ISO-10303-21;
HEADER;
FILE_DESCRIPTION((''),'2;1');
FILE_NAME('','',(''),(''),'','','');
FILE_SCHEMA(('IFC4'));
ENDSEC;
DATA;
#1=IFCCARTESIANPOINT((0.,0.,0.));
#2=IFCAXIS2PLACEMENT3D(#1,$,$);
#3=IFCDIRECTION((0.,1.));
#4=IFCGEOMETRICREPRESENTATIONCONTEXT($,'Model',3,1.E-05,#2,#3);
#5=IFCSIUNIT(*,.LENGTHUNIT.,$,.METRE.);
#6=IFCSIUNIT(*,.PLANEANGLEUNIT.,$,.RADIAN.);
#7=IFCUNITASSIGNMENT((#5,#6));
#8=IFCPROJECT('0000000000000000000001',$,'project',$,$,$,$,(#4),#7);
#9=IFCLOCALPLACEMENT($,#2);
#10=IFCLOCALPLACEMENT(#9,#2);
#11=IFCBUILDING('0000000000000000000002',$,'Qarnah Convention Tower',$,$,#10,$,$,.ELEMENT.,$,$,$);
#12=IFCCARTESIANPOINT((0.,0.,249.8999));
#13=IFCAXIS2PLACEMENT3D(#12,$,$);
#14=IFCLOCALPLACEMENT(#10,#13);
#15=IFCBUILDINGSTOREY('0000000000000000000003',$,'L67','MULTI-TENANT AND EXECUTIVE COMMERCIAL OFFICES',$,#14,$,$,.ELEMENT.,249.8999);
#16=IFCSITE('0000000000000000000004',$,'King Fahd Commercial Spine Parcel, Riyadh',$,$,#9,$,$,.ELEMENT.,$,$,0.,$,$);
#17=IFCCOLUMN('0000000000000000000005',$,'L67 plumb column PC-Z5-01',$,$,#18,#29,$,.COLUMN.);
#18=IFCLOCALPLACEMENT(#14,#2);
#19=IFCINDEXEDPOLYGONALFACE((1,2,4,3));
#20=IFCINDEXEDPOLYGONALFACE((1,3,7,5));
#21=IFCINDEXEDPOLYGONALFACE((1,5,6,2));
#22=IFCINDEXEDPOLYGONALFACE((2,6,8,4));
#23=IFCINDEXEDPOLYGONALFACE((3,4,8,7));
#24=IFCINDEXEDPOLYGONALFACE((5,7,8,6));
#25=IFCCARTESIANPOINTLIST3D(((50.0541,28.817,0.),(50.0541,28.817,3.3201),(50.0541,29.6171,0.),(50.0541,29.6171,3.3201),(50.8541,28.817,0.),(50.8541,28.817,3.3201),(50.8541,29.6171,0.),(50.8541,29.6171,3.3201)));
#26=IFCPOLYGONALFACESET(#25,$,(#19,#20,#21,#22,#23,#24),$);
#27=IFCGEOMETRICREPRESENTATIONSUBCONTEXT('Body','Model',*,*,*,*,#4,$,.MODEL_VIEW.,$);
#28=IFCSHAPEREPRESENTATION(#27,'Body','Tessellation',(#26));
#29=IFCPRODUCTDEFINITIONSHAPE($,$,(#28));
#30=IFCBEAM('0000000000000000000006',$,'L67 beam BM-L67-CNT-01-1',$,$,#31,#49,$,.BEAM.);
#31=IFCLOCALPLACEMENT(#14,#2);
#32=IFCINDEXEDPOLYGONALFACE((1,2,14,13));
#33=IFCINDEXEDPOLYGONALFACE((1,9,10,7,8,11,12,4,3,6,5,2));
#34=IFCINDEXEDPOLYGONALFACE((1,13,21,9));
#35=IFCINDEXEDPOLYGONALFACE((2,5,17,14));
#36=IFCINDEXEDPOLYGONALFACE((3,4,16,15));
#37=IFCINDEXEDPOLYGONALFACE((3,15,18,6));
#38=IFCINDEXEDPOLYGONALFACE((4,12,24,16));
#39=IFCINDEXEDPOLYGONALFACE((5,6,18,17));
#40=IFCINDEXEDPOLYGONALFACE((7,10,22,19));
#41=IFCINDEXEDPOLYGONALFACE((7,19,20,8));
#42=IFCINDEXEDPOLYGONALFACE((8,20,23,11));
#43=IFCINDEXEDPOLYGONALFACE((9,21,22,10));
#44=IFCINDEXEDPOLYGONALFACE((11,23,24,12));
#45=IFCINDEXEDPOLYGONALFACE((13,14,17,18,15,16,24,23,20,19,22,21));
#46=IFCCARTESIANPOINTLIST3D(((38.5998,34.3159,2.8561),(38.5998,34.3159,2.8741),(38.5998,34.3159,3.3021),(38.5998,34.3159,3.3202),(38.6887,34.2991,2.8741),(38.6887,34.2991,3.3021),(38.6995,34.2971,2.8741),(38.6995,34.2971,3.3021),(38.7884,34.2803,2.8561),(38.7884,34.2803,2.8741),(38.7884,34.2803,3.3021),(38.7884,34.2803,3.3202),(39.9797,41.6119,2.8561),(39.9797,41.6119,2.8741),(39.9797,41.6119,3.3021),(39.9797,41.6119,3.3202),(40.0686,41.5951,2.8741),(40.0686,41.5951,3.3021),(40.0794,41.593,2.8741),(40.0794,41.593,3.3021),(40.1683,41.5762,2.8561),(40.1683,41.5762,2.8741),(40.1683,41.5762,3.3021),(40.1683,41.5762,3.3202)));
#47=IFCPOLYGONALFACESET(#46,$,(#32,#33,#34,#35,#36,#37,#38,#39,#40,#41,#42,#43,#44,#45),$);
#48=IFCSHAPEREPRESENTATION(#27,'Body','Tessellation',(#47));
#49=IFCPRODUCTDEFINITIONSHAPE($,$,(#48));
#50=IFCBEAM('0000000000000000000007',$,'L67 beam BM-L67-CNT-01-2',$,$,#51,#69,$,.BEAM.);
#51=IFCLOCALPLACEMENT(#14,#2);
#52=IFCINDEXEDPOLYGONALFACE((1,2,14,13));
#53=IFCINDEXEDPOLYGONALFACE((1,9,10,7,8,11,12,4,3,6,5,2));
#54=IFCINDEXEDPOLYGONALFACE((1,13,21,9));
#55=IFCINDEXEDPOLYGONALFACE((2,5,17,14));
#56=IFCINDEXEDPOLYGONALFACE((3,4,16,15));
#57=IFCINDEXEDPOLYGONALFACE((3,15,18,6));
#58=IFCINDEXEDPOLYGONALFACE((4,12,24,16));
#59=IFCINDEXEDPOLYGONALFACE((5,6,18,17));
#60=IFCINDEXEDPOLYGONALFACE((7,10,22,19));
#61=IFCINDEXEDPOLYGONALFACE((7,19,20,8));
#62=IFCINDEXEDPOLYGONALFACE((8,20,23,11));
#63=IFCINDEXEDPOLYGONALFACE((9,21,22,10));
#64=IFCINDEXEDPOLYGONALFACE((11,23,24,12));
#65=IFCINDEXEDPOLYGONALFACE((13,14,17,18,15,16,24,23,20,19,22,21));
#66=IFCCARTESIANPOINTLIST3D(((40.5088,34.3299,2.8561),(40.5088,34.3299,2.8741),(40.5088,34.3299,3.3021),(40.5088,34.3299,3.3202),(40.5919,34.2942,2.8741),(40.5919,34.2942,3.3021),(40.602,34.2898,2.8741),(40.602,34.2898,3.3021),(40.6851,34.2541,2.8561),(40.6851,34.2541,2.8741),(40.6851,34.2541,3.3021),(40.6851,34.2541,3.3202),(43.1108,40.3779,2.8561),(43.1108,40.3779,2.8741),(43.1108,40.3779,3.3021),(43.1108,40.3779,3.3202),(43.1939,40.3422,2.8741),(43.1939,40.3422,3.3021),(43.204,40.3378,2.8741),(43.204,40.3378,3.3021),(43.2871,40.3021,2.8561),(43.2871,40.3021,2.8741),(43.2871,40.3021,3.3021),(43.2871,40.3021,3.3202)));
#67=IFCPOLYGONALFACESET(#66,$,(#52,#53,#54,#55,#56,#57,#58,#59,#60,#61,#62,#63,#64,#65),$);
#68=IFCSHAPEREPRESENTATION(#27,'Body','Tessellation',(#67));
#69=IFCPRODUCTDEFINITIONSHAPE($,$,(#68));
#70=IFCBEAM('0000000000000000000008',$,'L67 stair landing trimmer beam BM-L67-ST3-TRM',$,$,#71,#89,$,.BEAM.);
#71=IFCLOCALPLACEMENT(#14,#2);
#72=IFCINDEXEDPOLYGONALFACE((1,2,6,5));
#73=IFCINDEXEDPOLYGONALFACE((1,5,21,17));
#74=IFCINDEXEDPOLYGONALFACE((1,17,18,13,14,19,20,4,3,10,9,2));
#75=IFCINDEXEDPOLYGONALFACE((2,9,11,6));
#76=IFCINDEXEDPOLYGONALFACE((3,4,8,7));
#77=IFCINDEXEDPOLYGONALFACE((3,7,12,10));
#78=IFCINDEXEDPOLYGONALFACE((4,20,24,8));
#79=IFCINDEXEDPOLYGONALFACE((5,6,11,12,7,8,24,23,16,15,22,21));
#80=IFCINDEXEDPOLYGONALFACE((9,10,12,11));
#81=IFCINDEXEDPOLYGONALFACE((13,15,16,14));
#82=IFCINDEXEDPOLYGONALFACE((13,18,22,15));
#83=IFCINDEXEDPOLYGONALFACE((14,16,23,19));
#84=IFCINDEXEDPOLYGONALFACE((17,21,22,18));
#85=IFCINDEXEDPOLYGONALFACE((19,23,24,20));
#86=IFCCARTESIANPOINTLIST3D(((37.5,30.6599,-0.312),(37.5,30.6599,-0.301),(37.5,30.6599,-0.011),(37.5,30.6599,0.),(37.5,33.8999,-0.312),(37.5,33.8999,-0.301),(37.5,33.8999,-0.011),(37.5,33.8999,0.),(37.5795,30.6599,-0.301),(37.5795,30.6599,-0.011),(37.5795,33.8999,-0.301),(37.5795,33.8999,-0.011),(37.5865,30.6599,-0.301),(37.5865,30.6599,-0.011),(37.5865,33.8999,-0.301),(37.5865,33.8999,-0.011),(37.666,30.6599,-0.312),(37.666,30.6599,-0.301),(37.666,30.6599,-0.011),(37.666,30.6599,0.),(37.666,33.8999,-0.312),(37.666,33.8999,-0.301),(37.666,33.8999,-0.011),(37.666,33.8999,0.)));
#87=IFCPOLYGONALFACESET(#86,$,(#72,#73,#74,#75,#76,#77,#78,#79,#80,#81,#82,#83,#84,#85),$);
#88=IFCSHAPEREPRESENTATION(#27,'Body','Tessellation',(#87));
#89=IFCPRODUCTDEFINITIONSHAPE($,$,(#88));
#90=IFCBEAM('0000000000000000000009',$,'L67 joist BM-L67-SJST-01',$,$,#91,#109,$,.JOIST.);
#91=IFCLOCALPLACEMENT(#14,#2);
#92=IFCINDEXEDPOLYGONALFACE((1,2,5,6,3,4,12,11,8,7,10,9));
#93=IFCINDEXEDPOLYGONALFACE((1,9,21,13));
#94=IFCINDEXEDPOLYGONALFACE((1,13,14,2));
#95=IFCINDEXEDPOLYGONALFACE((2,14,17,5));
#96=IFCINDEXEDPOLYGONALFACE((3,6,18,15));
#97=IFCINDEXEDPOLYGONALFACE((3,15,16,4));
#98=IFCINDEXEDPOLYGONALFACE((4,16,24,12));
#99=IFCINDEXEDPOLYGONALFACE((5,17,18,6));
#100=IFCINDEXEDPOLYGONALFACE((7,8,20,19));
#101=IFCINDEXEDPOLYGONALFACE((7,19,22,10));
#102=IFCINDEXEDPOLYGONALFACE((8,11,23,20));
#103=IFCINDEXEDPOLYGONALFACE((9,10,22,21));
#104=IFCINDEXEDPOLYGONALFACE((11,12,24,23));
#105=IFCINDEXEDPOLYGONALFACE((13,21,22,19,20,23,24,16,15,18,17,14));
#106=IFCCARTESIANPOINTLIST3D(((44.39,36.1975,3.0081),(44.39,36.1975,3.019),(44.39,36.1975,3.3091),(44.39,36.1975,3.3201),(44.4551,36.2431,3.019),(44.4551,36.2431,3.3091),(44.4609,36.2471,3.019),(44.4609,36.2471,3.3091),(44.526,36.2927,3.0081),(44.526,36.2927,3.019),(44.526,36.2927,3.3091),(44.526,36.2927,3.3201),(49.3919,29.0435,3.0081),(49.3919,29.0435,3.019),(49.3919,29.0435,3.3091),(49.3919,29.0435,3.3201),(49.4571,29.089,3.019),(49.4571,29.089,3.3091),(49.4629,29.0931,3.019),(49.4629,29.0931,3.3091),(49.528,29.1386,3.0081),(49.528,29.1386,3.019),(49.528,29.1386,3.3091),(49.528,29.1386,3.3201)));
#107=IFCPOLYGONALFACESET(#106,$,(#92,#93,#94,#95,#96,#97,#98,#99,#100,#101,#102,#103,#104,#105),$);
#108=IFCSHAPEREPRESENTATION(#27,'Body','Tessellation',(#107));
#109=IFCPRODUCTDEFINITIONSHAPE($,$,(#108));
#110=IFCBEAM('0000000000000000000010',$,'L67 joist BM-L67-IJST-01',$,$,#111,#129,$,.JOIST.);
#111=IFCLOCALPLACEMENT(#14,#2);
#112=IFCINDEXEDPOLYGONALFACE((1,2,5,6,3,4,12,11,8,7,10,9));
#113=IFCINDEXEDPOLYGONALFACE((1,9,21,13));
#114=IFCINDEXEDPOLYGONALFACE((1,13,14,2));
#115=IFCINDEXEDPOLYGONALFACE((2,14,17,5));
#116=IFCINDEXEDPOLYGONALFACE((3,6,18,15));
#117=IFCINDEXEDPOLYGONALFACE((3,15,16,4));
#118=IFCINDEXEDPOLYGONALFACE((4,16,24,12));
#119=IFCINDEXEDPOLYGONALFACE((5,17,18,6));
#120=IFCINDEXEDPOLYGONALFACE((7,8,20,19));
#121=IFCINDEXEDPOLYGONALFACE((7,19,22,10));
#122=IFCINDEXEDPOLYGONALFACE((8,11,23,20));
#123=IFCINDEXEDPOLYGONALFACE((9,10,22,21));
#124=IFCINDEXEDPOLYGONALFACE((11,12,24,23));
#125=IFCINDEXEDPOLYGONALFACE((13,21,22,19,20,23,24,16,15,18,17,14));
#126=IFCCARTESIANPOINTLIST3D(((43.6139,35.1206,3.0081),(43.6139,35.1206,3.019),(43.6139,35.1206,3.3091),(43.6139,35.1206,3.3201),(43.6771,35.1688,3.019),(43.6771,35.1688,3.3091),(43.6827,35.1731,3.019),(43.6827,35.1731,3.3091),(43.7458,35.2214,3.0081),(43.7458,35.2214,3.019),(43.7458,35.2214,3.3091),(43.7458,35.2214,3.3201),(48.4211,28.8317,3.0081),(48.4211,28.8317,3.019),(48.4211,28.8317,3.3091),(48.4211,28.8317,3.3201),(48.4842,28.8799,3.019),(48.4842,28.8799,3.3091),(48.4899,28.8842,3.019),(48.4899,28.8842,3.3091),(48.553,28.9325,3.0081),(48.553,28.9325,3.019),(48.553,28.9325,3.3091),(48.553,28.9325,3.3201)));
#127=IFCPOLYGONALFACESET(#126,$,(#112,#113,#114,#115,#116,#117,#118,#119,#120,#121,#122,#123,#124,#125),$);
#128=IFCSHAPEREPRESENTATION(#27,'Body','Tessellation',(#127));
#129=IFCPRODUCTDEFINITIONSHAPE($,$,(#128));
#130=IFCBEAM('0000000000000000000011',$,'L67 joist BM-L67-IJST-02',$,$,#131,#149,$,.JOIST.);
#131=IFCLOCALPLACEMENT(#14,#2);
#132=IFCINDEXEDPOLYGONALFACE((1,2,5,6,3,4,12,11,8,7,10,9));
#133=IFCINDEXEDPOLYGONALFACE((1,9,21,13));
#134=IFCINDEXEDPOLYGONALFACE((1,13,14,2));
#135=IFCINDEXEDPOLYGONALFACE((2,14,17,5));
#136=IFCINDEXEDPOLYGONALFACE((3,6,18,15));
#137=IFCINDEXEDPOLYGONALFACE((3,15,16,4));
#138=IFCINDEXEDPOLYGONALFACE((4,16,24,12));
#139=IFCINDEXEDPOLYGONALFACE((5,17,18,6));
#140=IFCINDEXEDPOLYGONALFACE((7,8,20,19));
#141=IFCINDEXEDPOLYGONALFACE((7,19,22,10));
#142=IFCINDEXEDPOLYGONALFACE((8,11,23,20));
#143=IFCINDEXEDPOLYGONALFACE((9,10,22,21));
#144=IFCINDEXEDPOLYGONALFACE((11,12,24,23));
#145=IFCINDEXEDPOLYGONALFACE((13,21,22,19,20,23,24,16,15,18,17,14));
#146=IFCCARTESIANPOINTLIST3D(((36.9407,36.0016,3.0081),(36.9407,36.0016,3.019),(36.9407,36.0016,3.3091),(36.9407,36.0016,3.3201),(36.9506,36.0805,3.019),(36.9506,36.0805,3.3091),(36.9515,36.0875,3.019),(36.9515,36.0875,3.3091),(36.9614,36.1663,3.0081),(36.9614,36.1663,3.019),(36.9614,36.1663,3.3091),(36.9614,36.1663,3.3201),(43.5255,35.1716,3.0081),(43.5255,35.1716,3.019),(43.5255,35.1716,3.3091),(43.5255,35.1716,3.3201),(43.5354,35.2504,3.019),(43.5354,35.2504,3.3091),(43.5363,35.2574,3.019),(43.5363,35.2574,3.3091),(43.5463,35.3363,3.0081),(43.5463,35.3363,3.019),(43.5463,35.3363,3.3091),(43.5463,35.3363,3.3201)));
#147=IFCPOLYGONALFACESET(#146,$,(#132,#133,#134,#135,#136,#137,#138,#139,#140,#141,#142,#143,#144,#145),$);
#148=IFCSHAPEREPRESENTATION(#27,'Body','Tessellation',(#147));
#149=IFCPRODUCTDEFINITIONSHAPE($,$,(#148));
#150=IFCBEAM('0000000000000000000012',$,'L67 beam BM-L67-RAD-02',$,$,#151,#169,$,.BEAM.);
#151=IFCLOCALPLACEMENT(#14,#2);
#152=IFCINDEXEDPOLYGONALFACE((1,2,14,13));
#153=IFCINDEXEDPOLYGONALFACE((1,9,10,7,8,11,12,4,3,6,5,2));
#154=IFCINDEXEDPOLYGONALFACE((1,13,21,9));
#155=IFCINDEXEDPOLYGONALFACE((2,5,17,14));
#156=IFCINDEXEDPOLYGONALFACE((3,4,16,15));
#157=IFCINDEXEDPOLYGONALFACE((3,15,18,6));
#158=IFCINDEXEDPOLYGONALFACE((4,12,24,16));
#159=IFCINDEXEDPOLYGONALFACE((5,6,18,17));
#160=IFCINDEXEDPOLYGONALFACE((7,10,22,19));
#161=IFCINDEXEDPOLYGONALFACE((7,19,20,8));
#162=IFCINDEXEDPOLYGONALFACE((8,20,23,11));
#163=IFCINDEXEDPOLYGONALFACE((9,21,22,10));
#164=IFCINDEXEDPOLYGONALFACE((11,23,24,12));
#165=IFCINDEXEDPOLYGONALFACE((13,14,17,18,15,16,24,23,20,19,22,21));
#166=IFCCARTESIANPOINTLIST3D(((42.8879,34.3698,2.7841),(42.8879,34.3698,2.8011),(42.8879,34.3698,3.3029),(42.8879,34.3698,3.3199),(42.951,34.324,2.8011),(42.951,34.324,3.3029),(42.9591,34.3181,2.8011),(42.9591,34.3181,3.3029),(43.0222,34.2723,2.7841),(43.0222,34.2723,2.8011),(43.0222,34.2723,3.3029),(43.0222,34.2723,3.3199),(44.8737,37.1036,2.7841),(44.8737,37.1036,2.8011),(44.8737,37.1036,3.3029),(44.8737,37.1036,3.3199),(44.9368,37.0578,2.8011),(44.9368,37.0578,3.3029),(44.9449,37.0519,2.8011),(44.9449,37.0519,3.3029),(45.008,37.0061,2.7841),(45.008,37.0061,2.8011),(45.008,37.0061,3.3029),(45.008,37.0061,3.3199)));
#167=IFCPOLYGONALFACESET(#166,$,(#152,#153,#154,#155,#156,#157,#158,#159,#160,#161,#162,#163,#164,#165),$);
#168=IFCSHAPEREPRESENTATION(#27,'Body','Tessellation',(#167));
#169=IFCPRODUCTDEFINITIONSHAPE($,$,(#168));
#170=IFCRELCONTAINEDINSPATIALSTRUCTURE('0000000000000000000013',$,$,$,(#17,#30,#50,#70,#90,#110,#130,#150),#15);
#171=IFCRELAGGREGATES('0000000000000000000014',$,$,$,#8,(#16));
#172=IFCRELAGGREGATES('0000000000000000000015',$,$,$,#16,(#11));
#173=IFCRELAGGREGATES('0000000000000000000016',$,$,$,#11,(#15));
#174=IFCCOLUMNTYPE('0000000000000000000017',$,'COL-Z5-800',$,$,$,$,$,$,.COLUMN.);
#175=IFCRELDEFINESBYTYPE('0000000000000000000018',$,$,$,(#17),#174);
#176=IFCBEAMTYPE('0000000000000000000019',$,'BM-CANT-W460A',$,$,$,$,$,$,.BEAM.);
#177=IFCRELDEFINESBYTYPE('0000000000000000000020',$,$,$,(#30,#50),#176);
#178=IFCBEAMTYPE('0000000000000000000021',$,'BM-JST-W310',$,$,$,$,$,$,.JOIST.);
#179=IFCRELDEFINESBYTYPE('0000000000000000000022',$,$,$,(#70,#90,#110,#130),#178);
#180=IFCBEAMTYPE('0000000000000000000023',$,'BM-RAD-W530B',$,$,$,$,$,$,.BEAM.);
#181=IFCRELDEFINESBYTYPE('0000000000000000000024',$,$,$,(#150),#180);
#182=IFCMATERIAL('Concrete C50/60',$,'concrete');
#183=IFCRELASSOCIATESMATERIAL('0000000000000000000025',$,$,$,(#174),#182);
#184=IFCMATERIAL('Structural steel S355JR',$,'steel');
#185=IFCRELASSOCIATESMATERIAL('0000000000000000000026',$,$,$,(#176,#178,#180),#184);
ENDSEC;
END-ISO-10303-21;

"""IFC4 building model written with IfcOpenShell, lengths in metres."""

from ifc_helpers import new_model, si_unit, direction, frame, origin, origin_2d, place, context, subcontext, project, spatial, rectangle, i_section, extrude, material, material_profile, profile_set, type_object, element, save


model = new_model("IFC4")

# Units and contexts
model_context = context("Model", 3, precision=1e-05, world=origin(), true_north=direction((0.0, 1.0)))
body_context = subcontext(model_context, "Body", "Model", "MODEL_VIEW")
ifc_project = project(units=[si_unit("LENGTHUNIT", "METRE"), si_unit("PLANEANGLEUNIT", "RADIAN")], contexts=[model_context])

# Site, building, storey
site_placement = place(None, origin())
site = spatial("IfcSite", under=ifc_project, at=site_placement, Name="King Fahd Commercial Spine Parcel, Riyadh", CompositionType="ELEMENT", RefElevation=0.0)
building_placement = place(site_placement, origin())
building = spatial("IfcBuilding", under=site, at=building_placement, Name="Qarnah Convention Tower", CompositionType="ELEMENT")
storey_placement = place(building_placement, frame((0.0, 0.0, 249.8999)))
storey = spatial("IfcBuildingStorey", under=building, at=storey_placement, Name="L67", Description="MULTI-TENANT AND EXECUTIVE COMMERCIAL OFFICES", CompositionType="ELEMENT", Elevation=249.8999)

# Column
ifc_material_1 = material(Name="Concrete C50/60", Category="concrete")
ifc_material_profile_1 = material_profile(ifc_material_1, rectangle(XDim=0.8, YDim=0.8, at=origin_2d()), Name="RC-COL-800X800")
ifc_profile_set_1 = profile_set([ifc_material_profile_1], Name="Concrete C50/60")
column_type = type_object("IfcColumnType", Name="COL-Z5-800", PredefinedType="COLUMN", material=ifc_profile_set_1)
column_placement = place(storey_placement, frame((50.4541, 29.217, 0.0), z_axis=(0.0, 0.0, 1.0), x_axis=(1.0, 0.0, 0.0)))
element("IfcColumn", 1, at=column_placement, inside=storey, type_object=column_type, Name="L67 plumb column PC-Z5-01", PredefinedType="COLUMN", context=body_context, shape_type="SweptSolid", body=[
    extrude(rectangle(XDim=0.8, YDim=0.8, at=origin_2d()), origin(), (0.0, 0.0, 1.0), 3.3201),
])

# Beams
ifc_material_2 = material(Name="Structural steel S355JR", Category="steel")
ifc_material_profile_2 = material_profile(ifc_material_2, i_section(OverallWidth=0.1919, OverallDepth=0.4641, WebThickness=0.011, FlangeThickness=0.0181, at=origin_2d()), Name="W460X89")
ifc_profile_set_2 = profile_set([ifc_material_profile_2], Name="Structural steel S355JR")
beam_type_1 = type_object("IfcBeamType", Name="BM-CANT-W460A", PredefinedType="BEAM", material=ifc_profile_set_2)
beam_1_placement = place(storey_placement, frame((38.6941, 34.2981, 3.0881), z_axis=(0.185837, 0.982581, 0.0), x_axis=(-0.982581, 0.185837, 0.0)))
element("IfcBeam", 2, at=beam_1_placement, inside=storey, type_object=beam_type_1, Name="L67 beam BM-L67-CNT-01-1", PredefinedType="BEAM", context=body_context, shape_type="SweptSolid", body=[
    extrude(i_section(OverallWidth=0.1919, OverallDepth=0.4641, WebThickness=0.011, FlangeThickness=0.0181, at=origin_2d()), origin(), (0.0, 0.0, 1.0), 7.4253),
])
beam_2_placement = place(storey_placement, frame((40.5969, 34.292, 3.0881), z_axis=(0.395203, 0.918594, 0.0), x_axis=(-0.918594, 0.395203, 0.0)))
element("IfcBeam", 3, at=beam_2_placement, inside=storey, type_object=beam_type_1, Name="L67 beam BM-L67-CNT-01-2", PredefinedType="BEAM", context=body_context, shape_type="SweptSolid", body=[
    extrude(i_section(OverallWidth=0.1919, OverallDepth=0.4641, WebThickness=0.011, FlangeThickness=0.0181, at=origin_2d()), origin(), (0.0, 0.0, 1.0), 6.584),
])
ifc_material_profile_3 = material_profile(ifc_material_2, i_section(OverallWidth=0.166, OverallDepth=0.312, WebThickness=0.0071, FlangeThickness=0.011, at=origin_2d()), Name="W310X45")
ifc_profile_set_3 = profile_set([ifc_material_profile_3], Name="Structural steel S355JR")
beam_type_2 = type_object("IfcBeamType", Name="BM-JST-W310", PredefinedType="JOIST", material=ifc_profile_set_3)
beam_3_placement = place(storey_placement, frame((37.583, 30.6599, -0.156), z_axis=(0.0, 1.0, 0.0), x_axis=(-1.0, 0.0, 0.0)))
element("IfcBeam", 4, at=beam_3_placement, inside=storey, type_object=beam_type_2, Name="L67 stair landing trimmer beam BM-L67-ST3-TRM", PredefinedType="BEAM", context=body_context, shape_type="SweptSolid", body=[
    extrude(i_section(OverallWidth=0.166, OverallDepth=0.312, WebThickness=0.0071, FlangeThickness=0.011, at=origin_2d()), origin(), (0.0, 0.0, 1.0), 3.24),
])
beam_4_placement = place(storey_placement, frame((49.46, 29.0911, 3.1641), z_axis=(-0.57301, 0.819548, 0.0), x_axis=(-0.819548, -0.57301, 0.0)))
element("IfcBeam", 5, at=beam_4_placement, inside=storey, type_object=beam_type_2, Name="L67 joist BM-L67-SJST-01", PredefinedType="JOIST", context=body_context, shape_type="SweptSolid", body=[
    extrude(i_section(OverallWidth=0.166, OverallDepth=0.312, WebThickness=0.0071, FlangeThickness=0.011, at=origin_2d()), origin(), (0.0, 0.0, 1.0), 8.7292),
])
beam_5_placement = place(storey_placement, frame((48.4871, 28.8821, 3.1641), z_axis=(-0.607293, 0.794478, 0.0), x_axis=(-0.794478, -0.607293, 0.0)))
element("IfcBeam", 6, at=beam_5_placement, inside=storey, type_object=beam_type_2, Name="L67 joist BM-L67-IJST-01", PredefinedType="JOIST", context=body_context, shape_type="SweptSolid", body=[
    extrude(i_section(OverallWidth=0.166, OverallDepth=0.312, WebThickness=0.0071, FlangeThickness=0.011, at=origin_2d()), origin(), (0.0, 0.0, 1.0), 7.9158),
])
beam_6_placement = place(storey_placement, frame((43.5359, 35.2539, 3.1641), z_axis=(-0.992148, 0.125067, 0.0), x_axis=(-0.125067, -0.992148, 0.0)))
element("IfcBeam", 7, at=beam_6_placement, inside=storey, type_object=beam_type_2, Name="L67 joist BM-L67-IJST-02", PredefinedType="JOIST", context=body_context, shape_type="SweptSolid", body=[
    extrude(i_section(OverallWidth=0.166, OverallDepth=0.312, WebThickness=0.0071, FlangeThickness=0.011, at=origin_2d()), origin(), (0.0, 0.0, 1.0), 6.637),
])
ifc_material_profile_4 = material_profile(ifc_material_2, i_section(OverallWidth=0.166, OverallDepth=0.5359, WebThickness=0.01, FlangeThickness=0.0171, at=origin_2d()), Name="W530X85")
ifc_profile_set_4 = profile_set([ifc_material_profile_4], Name="Structural steel S355JR")
beam_type_3 = type_object("IfcBeamType", Name="BM-RAD-W530B", PredefinedType="BEAM", material=ifc_profile_set_4)
beam_7_placement = place(storey_placement, frame((42.9551, 34.321, 3.052), z_axis=(0.587699, 0.80908, 0.0), x_axis=(-0.80908, 0.587699, 0.0)))
element("IfcBeam", 8, at=beam_7_placement, inside=storey, type_object=beam_type_3, Name="L67 beam BM-L67-RAD-02", PredefinedType="BEAM", context=body_context, shape_type="SweptSolid", body=[
    extrude(i_section(OverallWidth=0.166, OverallDepth=0.5359, WebThickness=0.01, FlangeThickness=0.0171, at=origin_2d()), origin(), (0.0, 0.0, 1.0), 3.3789),
])

save(model, "model.ifc")
